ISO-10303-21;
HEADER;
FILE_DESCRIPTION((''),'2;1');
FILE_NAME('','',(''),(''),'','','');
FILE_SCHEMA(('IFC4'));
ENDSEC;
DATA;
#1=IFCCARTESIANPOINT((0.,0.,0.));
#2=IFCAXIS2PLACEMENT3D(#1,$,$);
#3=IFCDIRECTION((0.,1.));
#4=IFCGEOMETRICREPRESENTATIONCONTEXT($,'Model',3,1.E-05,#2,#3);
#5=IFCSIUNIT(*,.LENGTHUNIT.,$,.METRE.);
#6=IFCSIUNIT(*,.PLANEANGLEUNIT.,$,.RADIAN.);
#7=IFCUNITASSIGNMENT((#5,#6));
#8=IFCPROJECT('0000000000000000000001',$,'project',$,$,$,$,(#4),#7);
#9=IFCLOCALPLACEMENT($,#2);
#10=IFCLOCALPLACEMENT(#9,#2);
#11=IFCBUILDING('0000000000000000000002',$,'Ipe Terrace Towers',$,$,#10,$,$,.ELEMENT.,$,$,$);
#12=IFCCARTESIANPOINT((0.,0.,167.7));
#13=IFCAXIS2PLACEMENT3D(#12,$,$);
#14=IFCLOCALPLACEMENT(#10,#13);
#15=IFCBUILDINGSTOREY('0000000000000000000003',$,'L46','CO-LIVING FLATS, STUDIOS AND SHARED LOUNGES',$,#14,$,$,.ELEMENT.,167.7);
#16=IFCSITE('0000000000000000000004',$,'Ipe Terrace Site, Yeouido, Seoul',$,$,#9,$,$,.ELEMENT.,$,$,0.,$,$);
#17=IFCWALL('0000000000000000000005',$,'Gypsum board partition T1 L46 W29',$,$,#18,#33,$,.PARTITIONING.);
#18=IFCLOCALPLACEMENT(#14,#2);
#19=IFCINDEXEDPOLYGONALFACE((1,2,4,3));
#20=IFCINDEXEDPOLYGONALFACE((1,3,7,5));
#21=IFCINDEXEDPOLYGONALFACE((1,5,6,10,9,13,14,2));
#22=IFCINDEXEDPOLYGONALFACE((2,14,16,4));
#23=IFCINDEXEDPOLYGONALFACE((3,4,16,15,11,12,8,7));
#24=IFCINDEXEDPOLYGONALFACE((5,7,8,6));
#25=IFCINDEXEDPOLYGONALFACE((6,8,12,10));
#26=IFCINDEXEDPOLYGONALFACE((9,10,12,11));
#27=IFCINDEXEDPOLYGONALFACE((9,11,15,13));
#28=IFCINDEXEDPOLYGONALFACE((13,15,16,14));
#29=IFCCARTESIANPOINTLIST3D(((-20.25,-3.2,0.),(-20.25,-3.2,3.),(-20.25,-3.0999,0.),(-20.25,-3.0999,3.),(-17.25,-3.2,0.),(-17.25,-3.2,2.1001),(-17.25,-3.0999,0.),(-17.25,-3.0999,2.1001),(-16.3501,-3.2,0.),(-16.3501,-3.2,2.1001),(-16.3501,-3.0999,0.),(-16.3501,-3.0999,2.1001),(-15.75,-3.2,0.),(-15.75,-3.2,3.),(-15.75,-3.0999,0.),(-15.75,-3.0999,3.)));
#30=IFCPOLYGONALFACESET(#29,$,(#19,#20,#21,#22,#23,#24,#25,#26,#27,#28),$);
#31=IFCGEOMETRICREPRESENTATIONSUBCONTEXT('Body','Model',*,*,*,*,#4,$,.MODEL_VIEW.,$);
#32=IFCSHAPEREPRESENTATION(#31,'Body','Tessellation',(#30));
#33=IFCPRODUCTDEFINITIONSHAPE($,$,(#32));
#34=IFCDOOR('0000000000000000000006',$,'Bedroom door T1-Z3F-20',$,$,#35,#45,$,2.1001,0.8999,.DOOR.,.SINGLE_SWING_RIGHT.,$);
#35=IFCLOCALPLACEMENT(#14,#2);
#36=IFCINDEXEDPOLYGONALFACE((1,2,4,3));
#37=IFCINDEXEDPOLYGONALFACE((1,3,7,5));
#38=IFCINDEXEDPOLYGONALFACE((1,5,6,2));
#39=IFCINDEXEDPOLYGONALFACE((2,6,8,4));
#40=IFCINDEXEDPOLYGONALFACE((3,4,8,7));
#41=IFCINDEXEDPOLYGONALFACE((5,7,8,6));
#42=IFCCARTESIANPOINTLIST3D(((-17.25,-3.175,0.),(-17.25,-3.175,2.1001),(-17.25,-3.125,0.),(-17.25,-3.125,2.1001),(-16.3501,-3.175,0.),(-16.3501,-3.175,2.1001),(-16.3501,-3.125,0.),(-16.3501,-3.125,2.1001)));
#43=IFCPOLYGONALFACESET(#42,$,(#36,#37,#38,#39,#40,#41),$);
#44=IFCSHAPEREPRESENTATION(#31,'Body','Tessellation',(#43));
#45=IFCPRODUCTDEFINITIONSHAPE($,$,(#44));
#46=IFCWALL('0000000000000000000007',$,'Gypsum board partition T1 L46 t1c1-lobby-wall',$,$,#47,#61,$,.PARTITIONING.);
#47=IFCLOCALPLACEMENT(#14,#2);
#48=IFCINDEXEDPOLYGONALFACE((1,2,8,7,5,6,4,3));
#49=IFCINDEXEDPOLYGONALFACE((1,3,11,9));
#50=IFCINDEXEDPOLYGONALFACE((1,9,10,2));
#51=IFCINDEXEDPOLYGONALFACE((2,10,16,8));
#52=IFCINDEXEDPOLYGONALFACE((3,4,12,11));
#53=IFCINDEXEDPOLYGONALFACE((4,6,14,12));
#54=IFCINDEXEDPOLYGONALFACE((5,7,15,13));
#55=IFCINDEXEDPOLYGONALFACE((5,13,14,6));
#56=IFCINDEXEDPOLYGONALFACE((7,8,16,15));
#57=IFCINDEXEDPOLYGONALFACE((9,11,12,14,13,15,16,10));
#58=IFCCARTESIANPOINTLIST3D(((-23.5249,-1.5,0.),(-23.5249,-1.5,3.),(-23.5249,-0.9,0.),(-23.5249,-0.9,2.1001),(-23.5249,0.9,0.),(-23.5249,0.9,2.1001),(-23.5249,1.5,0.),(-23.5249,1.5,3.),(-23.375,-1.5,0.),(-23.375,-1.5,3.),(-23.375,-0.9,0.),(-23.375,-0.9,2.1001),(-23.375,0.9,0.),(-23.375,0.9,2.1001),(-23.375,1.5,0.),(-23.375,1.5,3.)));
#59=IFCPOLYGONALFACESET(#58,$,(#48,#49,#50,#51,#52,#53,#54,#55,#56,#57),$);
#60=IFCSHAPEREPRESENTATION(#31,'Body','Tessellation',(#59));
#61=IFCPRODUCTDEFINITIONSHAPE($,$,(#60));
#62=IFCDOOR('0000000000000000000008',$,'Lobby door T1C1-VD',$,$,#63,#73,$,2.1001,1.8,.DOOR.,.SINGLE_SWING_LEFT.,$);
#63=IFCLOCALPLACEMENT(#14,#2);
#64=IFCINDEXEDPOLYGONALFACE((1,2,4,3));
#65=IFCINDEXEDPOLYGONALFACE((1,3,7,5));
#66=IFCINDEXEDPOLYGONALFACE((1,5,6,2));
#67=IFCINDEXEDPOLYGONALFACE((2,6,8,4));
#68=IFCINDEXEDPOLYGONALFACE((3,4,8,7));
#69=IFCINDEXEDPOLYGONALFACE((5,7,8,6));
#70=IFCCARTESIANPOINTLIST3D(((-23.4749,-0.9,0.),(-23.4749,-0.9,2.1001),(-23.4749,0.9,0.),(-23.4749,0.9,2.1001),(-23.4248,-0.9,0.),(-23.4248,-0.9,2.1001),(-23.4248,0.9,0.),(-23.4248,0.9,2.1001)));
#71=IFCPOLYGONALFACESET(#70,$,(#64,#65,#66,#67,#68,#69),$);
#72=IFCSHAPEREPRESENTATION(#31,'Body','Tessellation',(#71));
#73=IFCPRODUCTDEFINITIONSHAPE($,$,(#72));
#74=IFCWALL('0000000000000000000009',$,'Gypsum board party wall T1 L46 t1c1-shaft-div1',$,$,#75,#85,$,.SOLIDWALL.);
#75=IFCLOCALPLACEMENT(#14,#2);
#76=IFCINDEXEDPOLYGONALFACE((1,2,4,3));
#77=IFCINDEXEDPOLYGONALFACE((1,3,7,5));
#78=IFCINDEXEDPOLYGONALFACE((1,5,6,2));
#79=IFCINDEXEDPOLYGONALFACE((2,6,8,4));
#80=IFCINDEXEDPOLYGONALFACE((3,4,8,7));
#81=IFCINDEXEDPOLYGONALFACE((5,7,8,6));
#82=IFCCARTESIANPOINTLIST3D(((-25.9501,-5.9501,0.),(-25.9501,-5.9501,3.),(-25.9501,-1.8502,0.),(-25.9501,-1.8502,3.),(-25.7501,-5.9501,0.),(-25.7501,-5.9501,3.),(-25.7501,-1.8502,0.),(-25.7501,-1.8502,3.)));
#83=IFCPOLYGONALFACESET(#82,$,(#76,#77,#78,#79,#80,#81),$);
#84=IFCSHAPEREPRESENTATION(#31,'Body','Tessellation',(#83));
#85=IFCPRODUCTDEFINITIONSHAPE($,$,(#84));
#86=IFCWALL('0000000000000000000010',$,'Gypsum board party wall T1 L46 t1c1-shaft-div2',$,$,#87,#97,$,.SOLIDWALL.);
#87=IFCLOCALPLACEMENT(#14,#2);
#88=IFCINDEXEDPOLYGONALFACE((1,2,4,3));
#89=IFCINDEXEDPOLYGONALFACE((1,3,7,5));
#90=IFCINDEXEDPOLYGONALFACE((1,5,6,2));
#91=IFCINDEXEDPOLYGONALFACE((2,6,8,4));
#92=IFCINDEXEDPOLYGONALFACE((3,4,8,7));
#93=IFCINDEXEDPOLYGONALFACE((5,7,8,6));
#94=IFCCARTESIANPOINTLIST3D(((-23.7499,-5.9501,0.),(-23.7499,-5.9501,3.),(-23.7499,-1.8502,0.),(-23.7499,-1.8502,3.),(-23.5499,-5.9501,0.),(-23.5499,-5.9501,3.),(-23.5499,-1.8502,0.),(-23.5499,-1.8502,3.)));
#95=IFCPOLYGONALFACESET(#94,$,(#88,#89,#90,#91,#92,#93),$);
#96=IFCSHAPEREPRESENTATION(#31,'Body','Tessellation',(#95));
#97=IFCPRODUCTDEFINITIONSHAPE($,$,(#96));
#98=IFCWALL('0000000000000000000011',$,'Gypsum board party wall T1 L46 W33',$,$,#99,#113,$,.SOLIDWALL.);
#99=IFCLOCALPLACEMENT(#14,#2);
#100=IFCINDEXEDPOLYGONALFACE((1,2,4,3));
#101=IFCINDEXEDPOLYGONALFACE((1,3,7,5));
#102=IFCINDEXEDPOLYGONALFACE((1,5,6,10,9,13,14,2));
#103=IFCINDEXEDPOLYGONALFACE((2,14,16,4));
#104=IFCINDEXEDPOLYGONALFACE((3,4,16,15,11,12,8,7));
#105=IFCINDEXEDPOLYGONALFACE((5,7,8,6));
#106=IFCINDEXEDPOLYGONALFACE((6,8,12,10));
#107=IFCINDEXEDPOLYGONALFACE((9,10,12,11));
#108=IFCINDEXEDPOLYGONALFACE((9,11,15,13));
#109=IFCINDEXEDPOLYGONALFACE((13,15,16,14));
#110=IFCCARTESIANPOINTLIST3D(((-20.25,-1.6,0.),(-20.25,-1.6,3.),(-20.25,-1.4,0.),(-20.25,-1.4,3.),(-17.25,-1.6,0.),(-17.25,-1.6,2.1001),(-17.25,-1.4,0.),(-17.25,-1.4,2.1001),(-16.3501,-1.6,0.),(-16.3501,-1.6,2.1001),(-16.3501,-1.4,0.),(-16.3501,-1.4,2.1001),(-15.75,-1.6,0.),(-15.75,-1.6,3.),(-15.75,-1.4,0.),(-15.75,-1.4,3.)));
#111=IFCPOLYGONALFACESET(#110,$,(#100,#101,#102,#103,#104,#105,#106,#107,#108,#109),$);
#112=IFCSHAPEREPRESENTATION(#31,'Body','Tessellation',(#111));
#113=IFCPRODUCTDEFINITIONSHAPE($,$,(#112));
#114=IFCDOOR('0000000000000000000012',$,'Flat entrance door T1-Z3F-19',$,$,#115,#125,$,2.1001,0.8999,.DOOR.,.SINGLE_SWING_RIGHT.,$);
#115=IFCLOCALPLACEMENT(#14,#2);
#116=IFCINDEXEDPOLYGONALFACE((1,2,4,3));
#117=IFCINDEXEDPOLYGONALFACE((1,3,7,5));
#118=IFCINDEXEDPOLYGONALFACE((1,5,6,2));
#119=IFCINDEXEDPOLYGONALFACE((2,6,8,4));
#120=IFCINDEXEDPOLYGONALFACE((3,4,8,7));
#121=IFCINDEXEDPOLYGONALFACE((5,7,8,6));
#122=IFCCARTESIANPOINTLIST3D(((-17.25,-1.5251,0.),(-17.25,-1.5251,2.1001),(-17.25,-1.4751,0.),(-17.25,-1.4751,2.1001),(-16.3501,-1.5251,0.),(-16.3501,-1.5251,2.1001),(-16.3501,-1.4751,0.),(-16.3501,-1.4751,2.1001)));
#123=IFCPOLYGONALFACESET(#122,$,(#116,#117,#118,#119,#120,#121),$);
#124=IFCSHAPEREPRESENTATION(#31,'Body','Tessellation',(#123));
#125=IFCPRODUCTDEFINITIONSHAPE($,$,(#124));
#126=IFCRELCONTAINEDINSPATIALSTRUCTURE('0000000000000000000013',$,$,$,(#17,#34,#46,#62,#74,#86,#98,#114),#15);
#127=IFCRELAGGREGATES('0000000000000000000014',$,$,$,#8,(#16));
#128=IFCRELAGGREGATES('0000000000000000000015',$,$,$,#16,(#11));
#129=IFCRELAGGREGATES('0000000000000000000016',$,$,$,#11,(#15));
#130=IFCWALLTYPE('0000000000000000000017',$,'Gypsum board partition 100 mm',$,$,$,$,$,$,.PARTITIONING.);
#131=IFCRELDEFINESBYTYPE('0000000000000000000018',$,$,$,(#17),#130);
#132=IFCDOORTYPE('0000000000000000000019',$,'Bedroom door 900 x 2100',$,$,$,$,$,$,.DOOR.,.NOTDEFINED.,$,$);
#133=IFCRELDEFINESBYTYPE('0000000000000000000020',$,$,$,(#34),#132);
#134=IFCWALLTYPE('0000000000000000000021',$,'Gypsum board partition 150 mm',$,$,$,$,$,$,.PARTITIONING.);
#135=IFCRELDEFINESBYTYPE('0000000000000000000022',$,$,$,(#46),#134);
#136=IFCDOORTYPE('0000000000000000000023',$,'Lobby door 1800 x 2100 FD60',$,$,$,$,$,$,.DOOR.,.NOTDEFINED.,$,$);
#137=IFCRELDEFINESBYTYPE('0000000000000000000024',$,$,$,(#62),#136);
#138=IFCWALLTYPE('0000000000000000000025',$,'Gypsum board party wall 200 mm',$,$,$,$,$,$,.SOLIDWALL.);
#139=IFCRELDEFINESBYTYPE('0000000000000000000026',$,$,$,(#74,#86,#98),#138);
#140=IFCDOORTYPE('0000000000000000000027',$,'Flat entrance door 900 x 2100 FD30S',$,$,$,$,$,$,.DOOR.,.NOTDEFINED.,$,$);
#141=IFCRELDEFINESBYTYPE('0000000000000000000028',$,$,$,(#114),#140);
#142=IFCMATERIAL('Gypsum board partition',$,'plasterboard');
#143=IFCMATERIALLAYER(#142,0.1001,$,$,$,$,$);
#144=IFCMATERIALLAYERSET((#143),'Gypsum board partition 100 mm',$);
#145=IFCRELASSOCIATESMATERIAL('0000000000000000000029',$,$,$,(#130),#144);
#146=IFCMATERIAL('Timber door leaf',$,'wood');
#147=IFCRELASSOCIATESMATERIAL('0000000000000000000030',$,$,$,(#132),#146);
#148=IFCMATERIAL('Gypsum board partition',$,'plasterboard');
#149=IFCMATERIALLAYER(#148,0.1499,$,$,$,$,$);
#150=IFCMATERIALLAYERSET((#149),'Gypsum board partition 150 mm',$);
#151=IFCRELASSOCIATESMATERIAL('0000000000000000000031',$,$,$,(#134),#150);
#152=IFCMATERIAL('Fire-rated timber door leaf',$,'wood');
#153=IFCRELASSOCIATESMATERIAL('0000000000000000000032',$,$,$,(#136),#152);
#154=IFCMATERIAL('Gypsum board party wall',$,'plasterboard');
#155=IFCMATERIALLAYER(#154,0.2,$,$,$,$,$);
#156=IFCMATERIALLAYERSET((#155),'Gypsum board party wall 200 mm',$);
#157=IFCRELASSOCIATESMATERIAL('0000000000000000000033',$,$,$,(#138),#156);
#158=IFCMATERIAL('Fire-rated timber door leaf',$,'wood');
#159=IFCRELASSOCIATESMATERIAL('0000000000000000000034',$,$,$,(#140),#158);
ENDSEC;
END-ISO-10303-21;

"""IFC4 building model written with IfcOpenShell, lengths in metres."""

from ifc_helpers import new_model, si_unit, direction, frame, frame_2d, origin, place, context, subcontext, project, spatial, rectangle, extrude, material, layer, layer_set, type_object, element, fill, save


model = new_model("IFC4")

# Units and contexts
model_context = context("Model", 3, precision=1e-05, world=origin(), true_north=direction((0.0, 1.0)))
body_context = subcontext(model_context, "Body", "Model", "MODEL_VIEW")
ifc_project = project(units=[si_unit("LENGTHUNIT", "METRE"), si_unit("PLANEANGLEUNIT", "RADIAN")], contexts=[model_context])

# Site, building, storey
site_placement = place(None, origin())
site = spatial("IfcSite", under=ifc_project, at=site_placement, Name="Ipe Terrace Site, Yeouido, Seoul", CompositionType="ELEMENT", RefElevation=0.0)
building_placement = place(site_placement, origin())
building = spatial("IfcBuilding", under=site, at=building_placement, Name="Ipe Terrace Towers", CompositionType="ELEMENT")
storey_placement = place(building_placement, frame((0.0, 0.0, 167.7)))
storey = spatial("IfcBuildingStorey", under=building, at=storey_placement, Name="L46", Description="CO-LIVING FLATS, STUDIOS AND SHARED LOUNGES", CompositionType="ELEMENT", Elevation=167.7)

# Walls, openings, doors
ifc_material_1 = material(Name="Gypsum board partition", Category="plasterboard")
ifc_layer_1 = layer(ifc_material_1, 0.1001)
ifc_layer_set_1 = layer_set([ifc_layer_1], Name="Gypsum board partition 100 mm")
wall_type_1 = type_object("IfcWallType", Name="Gypsum board partition 100 mm", PredefinedType="PARTITIONING", material=ifc_layer_set_1)
wall_1_placement = place(storey_placement, frame((-20.25, -3.1499, 0.0), z_axis=(0.0, 0.0, 1.0), x_axis=(1.0, 0.0, 0.0)))
wall_1 = element("IfcWall", 1, at=wall_1_placement, inside=storey, type_object=wall_type_1, Name="Gypsum board partition T1 L46 W29", PredefinedType="PARTITIONING", context=body_context, shape_type="SweptSolid", body=[
    extrude(rectangle(XDim=4.5, YDim=0.1001, at=frame_2d((2.25, 0.0))), origin(), (0.0, 0.0, 1.0), 3.0),
])
opening_1_placement = place(wall_1_placement, frame((3.0, 0.0, 0.0)))
opening_1 = element("IfcOpeningElement", 2, at=opening_1_placement, cuts=wall_1, PredefinedType="OPENING", context=body_context, shape_type="SweptSolid", body=[
    extrude(rectangle(XDim=0.8999, YDim=2.1001, at=frame_2d((0.45, 1.05))), frame((0.0, 0.0601, 0.0), z_axis=(0.0, -1.0, 0.0), x_axis=(1.0, 0.0, 0.0)), (0.0, 0.0, 1.0), 0.1201),
])
ifc_material_2 = material(Name="Timber door leaf", Category="wood")
door_type_1 = type_object("IfcDoorType", Name="Bedroom door 900 x 2100", OperationType="NOTDEFINED", PredefinedType="DOOR", material=ifc_material_2)
door_1_placement = place(opening_1_placement, origin())
door_1 = element("IfcDoor", 3, at=door_1_placement, inside=storey, type_object=door_type_1, Name="Bedroom door T1-Z3F-20", OperationType="SINGLE_SWING_RIGHT", OverallHeight=2.1001, OverallWidth=0.8999, PredefinedType="DOOR", context=body_context, shape_type="SweptSolid", body=[
    extrude(rectangle(XDim=0.8999, YDim=2.1001, at=frame_2d((0.45, 1.05))), frame((0.0, 0.0249, 0.0), z_axis=(0.0, -1.0, 0.0), x_axis=(1.0, 0.0, 0.0)), (0.0, 0.0, 1.0), 0.05),
])
fill(opening_1, door_1)
ifc_material_3 = material(Name="Gypsum board partition", Category="plasterboard")
ifc_layer_2 = layer(ifc_material_3, 0.1499)
ifc_layer_set_2 = layer_set([ifc_layer_2], Name="Gypsum board partition 150 mm")
wall_type_2 = type_object("IfcWallType", Name="Gypsum board partition 150 mm", PredefinedType="PARTITIONING", material=ifc_layer_set_2)
wall_2_placement = place(storey_placement, frame((-23.45, -1.5, 0.0), z_axis=(0.0, 0.0, 1.0), x_axis=(0.0, 1.0, 0.0)))
wall_2 = element("IfcWall", 4, at=wall_2_placement, inside=storey, type_object=wall_type_2, Name="Gypsum board partition T1 L46 t1c1-lobby-wall", PredefinedType="PARTITIONING", context=body_context, shape_type="SweptSolid", body=[
    extrude(rectangle(XDim=3.0, YDim=0.1499, at=frame_2d((1.5, 0.0))), origin(), (0.0, 0.0, 1.0), 3.0),
])
opening_2_placement = place(wall_2_placement, frame((0.6001, 0.0, 0.0)))
opening_2 = element("IfcOpeningElement", 5, at=opening_2_placement, cuts=wall_2, PredefinedType="OPENING", context=body_context, shape_type="SweptSolid", body=[
    extrude(rectangle(XDim=1.8, YDim=2.1001, at=frame_2d((0.8999, 1.05))), frame((0.0, 0.085, 0.0), z_axis=(0.0, -1.0, 0.0), x_axis=(1.0, 0.0, 0.0)), (0.0, 0.0, 1.0), 0.1699),
])
ifc_material_4 = material(Name="Fire-rated timber door leaf", Category="wood")
door_type_2 = type_object("IfcDoorType", Name="Lobby door 1800 x 2100 FD60", OperationType="NOTDEFINED", PredefinedType="DOOR", material=ifc_material_4)
door_2_placement = place(opening_2_placement, origin())
door_2 = element("IfcDoor", 6, at=door_2_placement, inside=storey, type_object=door_type_2, Name="Lobby door T1C1-VD", OperationType="SINGLE_SWING_LEFT", OverallHeight=2.1001, OverallWidth=1.8, PredefinedType="DOOR", context=body_context, shape_type="SweptSolid", body=[
    extrude(rectangle(XDim=1.8, YDim=2.1001, at=frame_2d((0.8999, 1.05))), frame((0.0, 0.0249, 0.0), z_axis=(0.0, -1.0, 0.0), x_axis=(1.0, 0.0, 0.0)), (0.0, 0.0, 1.0), 0.05),
])
fill(opening_2, door_2)

# Walls
ifc_material_5 = material(Name="Gypsum board party wall", Category="plasterboard")
ifc_layer_3 = layer(ifc_material_5, 0.2)
ifc_layer_set_3 = layer_set([ifc_layer_3], Name="Gypsum board party wall 200 mm")
wall_type_3 = type_object("IfcWallType", Name="Gypsum board party wall 200 mm", PredefinedType="SOLIDWALL", material=ifc_layer_set_3)
for number, where, z_axis, x_axis, name in (
    (7, (-25.8501, -5.95, 0.0), (0.0, 0.0, 1.0), (0.0, 1.0, 0.0), "Gypsum board party wall T1 L46 t1c1-shaft-div1"),
    (8, (-23.6499, -5.95, 0.0), (0.0, 0.0, 1.0), (0.0, 1.0, 0.0), "Gypsum board party wall T1 L46 t1c1-shaft-div2"),
):
    element("IfcWall", number, at=place(storey_placement, frame(where, z_axis=z_axis, x_axis=x_axis)), inside=storey, type_object=wall_type_3, Name=name, PredefinedType="SOLIDWALL", context=body_context, shape_type="SweptSolid", body=[
        extrude(rectangle(XDim=4.0999, YDim=0.2, at=frame_2d((2.0498, 0.0))), origin(), (0.0, 0.0, 1.0), 3.0),
    ])

# Wall, opening, door
wall_3_placement = place(storey_placement, frame((-20.25, -1.5, 0.0), z_axis=(0.0, 0.0, 1.0), x_axis=(1.0, 0.0, 0.0)))
wall_3 = element("IfcWall", 9, at=wall_3_placement, inside=storey, type_object=wall_type_3, Name="Gypsum board party wall T1 L46 W33", PredefinedType="SOLIDWALL", context=body_context, shape_type="SweptSolid", body=[
    extrude(rectangle(XDim=4.5, YDim=0.2, at=frame_2d((2.25, 0.0))), origin(), (0.0, 0.0, 1.0), 3.0),
])
opening_3_placement = place(wall_3_placement, frame((3.0, 0.0, 0.0)))
opening_3 = element("IfcOpeningElement", 10, at=opening_3_placement, cuts=wall_3, PredefinedType="OPENING", context=body_context, shape_type="SweptSolid", body=[
    extrude(rectangle(XDim=0.8999, YDim=2.1001, at=frame_2d((0.45, 1.05))), frame((0.0, 0.1099, 0.0), z_axis=(0.0, -1.0, 0.0), x_axis=(1.0, 0.0, 0.0)), (0.0, 0.0, 1.0), 0.22),
])
ifc_material_6 = material(Name="Fire-rated timber door leaf", Category="wood")
door_type_3 = type_object("IfcDoorType", Name="Flat entrance door 900 x 2100 FD30S", OperationType="NOTDEFINED", PredefinedType="DOOR", material=ifc_material_6)
door_3_placement = place(opening_3_placement, origin())
door_3 = element("IfcDoor", 11, at=door_3_placement, inside=storey, type_object=door_type_3, Name="Flat entrance door T1-Z3F-19", OperationType="SINGLE_SWING_RIGHT", OverallHeight=2.1001, OverallWidth=0.8999, PredefinedType="DOOR", context=body_context, shape_type="SweptSolid", body=[
    extrude(rectangle(XDim=0.8999, YDim=2.1001, at=frame_2d((0.45, 1.05))), frame((0.0, 0.0249, 0.0), z_axis=(0.0, -1.0, 0.0), x_axis=(1.0, 0.0, 0.0)), (0.0, 0.0, 1.0), 0.05),
])
fill(opening_3, door_3)

save(model, "model.ifc")
